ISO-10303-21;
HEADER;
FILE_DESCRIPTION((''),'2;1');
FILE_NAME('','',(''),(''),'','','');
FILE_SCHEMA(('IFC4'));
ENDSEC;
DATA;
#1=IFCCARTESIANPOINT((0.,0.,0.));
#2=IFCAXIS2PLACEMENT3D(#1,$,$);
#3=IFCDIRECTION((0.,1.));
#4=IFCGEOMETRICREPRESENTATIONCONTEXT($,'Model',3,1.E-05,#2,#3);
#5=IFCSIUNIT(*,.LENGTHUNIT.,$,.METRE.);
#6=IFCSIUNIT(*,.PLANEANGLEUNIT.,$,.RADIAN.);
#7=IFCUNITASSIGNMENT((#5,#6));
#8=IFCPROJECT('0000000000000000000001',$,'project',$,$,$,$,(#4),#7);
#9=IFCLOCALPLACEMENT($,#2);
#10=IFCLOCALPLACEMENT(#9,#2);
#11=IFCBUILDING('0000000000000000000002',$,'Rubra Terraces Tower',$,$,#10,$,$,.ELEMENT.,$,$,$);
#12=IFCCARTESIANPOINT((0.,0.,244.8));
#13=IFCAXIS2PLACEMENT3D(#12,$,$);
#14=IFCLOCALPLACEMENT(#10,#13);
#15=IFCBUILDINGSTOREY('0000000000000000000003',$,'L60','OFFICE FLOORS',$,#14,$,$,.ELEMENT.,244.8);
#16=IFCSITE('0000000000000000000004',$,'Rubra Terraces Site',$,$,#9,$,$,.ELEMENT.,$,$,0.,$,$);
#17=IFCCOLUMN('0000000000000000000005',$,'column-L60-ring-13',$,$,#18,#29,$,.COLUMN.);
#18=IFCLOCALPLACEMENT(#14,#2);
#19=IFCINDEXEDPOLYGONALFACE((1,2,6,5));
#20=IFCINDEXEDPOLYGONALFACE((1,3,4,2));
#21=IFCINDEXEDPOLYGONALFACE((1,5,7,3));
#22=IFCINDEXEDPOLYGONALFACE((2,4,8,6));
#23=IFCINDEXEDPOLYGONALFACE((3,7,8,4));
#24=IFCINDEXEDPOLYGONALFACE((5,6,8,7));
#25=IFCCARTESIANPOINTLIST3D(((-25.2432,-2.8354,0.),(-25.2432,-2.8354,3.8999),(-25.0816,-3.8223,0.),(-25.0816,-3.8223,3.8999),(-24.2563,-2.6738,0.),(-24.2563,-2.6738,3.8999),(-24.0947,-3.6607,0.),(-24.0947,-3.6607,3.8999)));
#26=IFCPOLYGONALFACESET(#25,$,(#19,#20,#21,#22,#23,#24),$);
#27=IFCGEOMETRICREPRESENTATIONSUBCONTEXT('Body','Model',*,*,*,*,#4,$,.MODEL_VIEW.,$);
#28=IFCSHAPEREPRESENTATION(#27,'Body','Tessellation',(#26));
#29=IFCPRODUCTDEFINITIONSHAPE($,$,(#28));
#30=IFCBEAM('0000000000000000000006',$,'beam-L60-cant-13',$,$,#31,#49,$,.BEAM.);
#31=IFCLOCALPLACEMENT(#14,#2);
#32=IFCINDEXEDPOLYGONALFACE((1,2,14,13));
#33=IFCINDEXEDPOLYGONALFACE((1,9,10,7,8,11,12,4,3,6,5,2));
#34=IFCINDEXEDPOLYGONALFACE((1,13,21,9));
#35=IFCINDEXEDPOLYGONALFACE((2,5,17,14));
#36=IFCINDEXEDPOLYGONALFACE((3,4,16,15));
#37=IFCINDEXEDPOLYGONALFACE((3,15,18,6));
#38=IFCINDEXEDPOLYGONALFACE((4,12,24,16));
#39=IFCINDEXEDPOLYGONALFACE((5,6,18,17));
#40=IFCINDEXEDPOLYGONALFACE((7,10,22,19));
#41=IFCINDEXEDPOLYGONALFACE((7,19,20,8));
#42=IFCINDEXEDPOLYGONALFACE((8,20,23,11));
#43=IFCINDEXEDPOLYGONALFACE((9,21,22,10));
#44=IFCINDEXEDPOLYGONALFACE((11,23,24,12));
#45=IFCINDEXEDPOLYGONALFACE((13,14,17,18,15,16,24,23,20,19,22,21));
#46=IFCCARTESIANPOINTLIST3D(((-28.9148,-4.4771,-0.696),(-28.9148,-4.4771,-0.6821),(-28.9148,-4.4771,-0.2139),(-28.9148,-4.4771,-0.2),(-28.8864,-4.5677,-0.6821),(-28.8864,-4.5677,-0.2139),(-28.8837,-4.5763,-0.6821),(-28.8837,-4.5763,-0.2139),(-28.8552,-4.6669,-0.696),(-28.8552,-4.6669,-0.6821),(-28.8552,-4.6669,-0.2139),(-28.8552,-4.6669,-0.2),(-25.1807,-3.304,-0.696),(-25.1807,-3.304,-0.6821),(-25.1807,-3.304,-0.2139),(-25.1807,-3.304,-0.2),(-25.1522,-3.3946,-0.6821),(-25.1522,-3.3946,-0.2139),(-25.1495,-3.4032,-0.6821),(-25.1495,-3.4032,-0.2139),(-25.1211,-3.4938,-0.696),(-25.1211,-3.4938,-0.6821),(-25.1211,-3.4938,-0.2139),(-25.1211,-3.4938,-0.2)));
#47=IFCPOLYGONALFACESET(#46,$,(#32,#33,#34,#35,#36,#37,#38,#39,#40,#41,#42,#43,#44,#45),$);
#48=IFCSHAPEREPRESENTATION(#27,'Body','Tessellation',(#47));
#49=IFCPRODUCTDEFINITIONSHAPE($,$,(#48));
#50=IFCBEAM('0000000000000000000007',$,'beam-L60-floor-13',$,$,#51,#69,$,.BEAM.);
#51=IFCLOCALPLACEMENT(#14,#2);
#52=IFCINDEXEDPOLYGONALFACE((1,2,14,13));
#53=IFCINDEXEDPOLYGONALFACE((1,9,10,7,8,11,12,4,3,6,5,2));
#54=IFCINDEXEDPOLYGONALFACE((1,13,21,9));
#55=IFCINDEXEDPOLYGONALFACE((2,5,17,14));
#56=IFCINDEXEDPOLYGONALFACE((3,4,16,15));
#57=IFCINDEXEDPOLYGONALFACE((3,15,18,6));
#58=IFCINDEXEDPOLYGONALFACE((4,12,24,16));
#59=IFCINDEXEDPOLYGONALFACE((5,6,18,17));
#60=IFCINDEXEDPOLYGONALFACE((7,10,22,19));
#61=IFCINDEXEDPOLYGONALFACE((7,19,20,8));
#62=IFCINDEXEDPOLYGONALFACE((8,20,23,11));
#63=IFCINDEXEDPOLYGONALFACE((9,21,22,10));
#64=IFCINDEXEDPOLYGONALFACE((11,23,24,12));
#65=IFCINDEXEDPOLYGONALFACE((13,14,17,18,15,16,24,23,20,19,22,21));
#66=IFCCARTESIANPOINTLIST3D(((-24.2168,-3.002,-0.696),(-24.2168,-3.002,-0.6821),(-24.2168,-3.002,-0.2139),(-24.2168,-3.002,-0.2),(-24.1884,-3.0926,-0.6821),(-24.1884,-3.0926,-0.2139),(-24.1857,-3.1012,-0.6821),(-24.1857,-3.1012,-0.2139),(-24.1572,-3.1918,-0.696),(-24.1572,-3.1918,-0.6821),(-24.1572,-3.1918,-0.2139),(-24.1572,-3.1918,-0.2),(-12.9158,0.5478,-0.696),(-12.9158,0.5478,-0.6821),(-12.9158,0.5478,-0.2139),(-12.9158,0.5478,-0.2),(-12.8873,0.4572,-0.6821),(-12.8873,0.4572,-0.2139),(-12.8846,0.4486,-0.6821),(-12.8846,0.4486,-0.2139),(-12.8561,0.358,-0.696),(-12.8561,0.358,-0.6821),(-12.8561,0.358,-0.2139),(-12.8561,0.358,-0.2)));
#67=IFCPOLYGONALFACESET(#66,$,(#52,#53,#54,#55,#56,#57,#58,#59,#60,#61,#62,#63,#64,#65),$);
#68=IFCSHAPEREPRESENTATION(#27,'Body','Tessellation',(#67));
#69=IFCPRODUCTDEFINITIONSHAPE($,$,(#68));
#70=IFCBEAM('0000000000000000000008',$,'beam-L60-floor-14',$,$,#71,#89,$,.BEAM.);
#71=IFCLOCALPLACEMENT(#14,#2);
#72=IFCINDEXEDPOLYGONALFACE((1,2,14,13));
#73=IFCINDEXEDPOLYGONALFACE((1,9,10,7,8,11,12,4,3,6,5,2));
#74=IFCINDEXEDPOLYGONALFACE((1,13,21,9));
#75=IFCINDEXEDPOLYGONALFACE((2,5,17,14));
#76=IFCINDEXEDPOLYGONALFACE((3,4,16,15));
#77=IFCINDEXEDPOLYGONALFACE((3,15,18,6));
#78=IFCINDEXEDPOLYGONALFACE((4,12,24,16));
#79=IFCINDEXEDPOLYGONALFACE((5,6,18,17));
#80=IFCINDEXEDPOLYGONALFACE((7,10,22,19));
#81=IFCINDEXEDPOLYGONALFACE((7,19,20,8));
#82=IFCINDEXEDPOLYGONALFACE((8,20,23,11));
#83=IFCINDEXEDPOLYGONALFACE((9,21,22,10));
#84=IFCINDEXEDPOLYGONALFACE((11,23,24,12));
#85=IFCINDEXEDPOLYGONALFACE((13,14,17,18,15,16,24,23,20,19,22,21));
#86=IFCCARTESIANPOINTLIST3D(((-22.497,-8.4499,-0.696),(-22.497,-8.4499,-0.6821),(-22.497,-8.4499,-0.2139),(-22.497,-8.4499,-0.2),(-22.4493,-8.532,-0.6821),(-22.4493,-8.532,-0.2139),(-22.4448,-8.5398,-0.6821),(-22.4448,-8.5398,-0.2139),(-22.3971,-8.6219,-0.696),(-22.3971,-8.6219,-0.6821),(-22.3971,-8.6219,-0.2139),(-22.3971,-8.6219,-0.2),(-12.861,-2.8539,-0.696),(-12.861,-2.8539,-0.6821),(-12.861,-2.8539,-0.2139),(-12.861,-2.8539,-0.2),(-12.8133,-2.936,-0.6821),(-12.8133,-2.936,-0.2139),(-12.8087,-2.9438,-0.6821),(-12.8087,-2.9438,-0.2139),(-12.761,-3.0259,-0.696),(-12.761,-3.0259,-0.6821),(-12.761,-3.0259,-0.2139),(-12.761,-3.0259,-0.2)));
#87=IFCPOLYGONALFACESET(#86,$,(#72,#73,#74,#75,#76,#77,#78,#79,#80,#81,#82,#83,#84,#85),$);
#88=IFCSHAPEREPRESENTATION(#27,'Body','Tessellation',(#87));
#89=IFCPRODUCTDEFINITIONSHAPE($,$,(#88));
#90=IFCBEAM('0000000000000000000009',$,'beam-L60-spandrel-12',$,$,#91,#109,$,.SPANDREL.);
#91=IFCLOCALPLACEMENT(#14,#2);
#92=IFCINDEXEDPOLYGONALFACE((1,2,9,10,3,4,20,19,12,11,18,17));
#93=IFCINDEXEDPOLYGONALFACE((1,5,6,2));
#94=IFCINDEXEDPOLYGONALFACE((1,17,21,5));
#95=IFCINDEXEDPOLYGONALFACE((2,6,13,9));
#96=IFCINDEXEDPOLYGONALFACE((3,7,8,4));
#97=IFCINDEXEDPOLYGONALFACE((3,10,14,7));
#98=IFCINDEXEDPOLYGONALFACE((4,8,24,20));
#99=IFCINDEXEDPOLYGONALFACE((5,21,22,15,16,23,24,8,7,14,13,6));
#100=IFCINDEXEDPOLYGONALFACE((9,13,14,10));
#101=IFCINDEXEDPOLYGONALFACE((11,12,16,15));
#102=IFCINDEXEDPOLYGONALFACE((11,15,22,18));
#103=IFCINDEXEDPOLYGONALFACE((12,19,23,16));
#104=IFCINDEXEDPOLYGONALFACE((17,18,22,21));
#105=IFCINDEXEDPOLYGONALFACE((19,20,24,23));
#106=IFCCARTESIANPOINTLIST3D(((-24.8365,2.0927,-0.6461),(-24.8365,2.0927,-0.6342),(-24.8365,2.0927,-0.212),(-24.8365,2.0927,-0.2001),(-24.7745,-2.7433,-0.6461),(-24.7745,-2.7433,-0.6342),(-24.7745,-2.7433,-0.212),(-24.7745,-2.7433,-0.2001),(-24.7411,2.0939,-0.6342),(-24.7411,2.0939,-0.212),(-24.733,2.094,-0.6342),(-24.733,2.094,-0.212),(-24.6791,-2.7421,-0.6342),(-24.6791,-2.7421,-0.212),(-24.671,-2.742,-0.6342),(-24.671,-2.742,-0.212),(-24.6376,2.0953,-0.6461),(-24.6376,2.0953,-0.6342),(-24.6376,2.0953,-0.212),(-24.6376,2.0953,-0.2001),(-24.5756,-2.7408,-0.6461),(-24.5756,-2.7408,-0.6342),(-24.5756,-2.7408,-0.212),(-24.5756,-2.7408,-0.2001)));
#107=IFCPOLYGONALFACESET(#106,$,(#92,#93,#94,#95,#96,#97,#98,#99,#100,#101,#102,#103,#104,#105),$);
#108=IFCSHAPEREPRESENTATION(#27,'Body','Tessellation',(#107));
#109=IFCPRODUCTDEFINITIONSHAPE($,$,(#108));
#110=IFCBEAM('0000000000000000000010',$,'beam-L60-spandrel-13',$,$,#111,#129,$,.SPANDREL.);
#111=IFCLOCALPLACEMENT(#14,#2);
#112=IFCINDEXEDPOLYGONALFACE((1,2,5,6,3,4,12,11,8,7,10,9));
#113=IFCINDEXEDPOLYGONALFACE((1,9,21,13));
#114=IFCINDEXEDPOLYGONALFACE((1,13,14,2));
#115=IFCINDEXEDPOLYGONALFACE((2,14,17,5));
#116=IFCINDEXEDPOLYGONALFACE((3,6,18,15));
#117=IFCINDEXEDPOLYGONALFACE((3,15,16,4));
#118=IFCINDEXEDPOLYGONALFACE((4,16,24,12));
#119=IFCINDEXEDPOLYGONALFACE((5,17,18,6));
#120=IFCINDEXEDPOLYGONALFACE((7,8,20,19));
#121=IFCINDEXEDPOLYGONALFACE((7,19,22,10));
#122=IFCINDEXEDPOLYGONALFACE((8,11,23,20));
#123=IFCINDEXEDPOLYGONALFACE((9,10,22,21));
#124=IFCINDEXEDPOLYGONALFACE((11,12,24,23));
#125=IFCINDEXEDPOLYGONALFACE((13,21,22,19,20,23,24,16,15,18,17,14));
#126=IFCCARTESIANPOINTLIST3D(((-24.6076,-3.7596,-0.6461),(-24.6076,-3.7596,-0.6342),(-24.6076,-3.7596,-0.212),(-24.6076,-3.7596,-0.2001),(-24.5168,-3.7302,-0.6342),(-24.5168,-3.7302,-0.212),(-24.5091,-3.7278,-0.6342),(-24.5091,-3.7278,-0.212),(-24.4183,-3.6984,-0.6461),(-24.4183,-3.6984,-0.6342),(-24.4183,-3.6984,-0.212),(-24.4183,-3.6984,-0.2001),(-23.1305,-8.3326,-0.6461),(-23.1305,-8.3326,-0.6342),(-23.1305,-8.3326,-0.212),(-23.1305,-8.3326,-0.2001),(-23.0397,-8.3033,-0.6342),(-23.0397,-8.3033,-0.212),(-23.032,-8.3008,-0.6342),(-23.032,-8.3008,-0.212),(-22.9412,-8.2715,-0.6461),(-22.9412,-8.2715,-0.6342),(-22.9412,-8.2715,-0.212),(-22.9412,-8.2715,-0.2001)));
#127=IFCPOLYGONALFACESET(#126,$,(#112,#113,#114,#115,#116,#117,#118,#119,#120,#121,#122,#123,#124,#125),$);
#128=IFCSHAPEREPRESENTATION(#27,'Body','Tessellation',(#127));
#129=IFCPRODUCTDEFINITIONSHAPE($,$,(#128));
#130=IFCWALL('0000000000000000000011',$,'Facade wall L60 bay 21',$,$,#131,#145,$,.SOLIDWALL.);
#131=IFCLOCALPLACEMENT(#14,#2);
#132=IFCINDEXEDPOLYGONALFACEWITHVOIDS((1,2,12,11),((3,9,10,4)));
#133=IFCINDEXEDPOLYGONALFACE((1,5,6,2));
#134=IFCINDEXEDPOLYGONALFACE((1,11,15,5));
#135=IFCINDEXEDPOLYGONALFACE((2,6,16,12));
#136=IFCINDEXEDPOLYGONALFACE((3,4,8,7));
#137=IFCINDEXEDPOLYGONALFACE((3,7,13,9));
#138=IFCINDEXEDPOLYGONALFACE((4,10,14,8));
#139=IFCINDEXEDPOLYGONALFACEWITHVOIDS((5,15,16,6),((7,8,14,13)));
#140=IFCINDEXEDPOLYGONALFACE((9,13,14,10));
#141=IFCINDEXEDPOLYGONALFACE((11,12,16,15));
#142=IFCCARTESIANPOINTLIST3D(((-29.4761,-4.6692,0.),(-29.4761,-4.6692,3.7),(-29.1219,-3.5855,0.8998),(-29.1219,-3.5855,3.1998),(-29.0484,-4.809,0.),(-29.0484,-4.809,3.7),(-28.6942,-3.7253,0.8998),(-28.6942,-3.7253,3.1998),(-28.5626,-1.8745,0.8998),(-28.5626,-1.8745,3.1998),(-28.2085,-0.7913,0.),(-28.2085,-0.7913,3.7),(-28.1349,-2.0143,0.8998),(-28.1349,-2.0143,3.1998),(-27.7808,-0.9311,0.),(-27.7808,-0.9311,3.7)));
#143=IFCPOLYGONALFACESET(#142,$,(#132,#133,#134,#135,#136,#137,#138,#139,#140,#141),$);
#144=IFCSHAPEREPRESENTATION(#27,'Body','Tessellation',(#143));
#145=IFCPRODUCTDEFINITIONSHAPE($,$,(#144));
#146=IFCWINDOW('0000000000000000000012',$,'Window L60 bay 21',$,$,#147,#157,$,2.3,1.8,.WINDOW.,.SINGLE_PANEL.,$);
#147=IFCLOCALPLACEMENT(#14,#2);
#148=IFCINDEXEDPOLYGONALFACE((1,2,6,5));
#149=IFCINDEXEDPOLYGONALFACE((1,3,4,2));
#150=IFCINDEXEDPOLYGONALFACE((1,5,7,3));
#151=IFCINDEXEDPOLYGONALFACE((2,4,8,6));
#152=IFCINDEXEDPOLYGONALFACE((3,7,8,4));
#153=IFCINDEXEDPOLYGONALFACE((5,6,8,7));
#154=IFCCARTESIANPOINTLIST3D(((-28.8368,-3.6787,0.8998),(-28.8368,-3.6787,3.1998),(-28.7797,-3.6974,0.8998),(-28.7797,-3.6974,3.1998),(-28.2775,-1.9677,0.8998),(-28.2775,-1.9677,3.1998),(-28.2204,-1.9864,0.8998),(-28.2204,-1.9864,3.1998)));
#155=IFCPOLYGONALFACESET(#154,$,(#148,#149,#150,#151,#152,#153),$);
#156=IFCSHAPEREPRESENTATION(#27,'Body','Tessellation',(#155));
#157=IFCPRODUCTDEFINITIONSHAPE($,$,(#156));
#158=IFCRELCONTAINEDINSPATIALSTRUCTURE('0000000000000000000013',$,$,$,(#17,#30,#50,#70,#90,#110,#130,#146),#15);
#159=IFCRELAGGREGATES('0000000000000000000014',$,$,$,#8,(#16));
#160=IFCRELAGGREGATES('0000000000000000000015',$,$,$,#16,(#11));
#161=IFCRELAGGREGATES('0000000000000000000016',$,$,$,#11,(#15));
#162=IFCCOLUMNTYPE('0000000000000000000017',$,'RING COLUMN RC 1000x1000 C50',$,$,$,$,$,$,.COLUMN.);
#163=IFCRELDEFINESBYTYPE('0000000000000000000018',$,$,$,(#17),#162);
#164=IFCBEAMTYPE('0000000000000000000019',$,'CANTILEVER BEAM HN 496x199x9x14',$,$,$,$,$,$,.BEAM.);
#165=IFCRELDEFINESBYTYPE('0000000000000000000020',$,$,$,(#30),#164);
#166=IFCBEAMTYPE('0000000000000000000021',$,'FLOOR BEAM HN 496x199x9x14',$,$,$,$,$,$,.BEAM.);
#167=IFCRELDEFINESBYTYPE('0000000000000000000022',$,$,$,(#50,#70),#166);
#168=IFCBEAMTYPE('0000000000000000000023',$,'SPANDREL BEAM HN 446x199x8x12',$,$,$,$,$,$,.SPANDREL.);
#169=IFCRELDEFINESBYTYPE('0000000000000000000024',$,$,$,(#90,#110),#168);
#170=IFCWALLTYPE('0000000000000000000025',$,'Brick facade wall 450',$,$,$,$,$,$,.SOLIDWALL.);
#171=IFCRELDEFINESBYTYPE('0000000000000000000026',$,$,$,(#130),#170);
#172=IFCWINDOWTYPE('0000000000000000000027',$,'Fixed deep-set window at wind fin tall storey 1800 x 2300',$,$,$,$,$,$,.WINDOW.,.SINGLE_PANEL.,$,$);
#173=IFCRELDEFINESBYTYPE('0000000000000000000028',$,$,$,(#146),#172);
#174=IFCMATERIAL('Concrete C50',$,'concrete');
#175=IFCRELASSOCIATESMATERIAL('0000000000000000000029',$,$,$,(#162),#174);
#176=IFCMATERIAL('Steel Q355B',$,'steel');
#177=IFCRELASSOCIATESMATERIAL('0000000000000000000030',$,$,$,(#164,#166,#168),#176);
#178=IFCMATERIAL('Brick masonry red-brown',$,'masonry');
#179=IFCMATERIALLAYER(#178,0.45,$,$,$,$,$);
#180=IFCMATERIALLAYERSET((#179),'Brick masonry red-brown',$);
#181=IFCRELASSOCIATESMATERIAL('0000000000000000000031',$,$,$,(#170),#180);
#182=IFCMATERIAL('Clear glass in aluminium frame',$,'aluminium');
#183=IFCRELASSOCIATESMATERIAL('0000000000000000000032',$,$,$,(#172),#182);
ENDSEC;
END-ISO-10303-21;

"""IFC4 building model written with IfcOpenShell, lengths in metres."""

from ifc_helpers import new_model, si_unit, direction, frame, frame_2d, origin, origin_2d, place, context, subcontext, project, spatial, rectangle, i_section, extrude, material, layer, layer_set, material_profile, profile_set, type_object, element, fill, save


model = new_model("IFC4")

# Units and contexts
model_context = context("Model", 3, precision=1e-05, world=origin(), true_north=direction((0.0, 1.0)))
body_context = subcontext(model_context, "Body", "Model", "MODEL_VIEW")
ifc_project = project(units=[si_unit("LENGTHUNIT", "METRE"), si_unit("PLANEANGLEUNIT", "RADIAN")], contexts=[model_context])

# Site, building, storey
site_placement = place(None, origin())
site = spatial("IfcSite", under=ifc_project, at=site_placement, Name="Rubra Terraces Site", CompositionType="ELEMENT", RefElevation=0.0)
building_placement = place(site_placement, origin())
building = spatial("IfcBuilding", under=site, at=building_placement, Name="Rubra Terraces Tower", CompositionType="ELEMENT")
storey_placement = place(building_placement, frame((0.0, 0.0, 244.8)))
storey = spatial("IfcBuildingStorey", under=building, at=storey_placement, Name="L60", Description="OFFICE FLOORS", CompositionType="ELEMENT", Elevation=244.8)

# Column
ifc_material_1 = material(Name="Concrete C50", Category="concrete")
ifc_material_profile_1 = material_profile(ifc_material_1, rectangle(XDim=1.0, YDim=1.0, at=origin_2d()), Name="RC 1000x1000")
ifc_profile_set_1 = profile_set([ifc_material_profile_1], Name="Concrete C50")
column_type = type_object("IfcColumnType", Name="RING COLUMN RC 1000x1000 C50", PredefinedType="COLUMN", material=ifc_profile_set_1)
column_placement = place(storey_placement, frame((-24.6689, -3.248, 0.0), z_axis=(0.0, 0.0, 1.0), x_axis=(0.161559, -0.986863, 0.0)))
element("IfcColumn", 1, at=column_placement, inside=storey, type_object=column_type, Name="column-L60-ring-13", PredefinedType="COLUMN", context=body_context, shape_type="SweptSolid", body=[
    extrude(rectangle(XDim=1.0, YDim=1.0, at=origin_2d()), origin(), (0.0, 0.0, 1.0), 3.8999),
])

# Beams
ifc_material_2 = material(Name="Steel Q355B", Category="steel")
ifc_material_profile_2 = material_profile(ifc_material_2, i_section(OverallWidth=0.199, OverallDepth=0.4961, WebThickness=0.009, FlangeThickness=0.0139, at=origin_2d()), Name="HN 496x199x9x14")
ifc_profile_set_2 = profile_set([ifc_material_profile_2], Name="Steel Q355B")
beam_type_1 = type_object("IfcBeamType", Name="CANTILEVER BEAM HN 496x199x9x14", PredefinedType="BEAM", material=ifc_profile_set_2)
beam_1_placement = place(storey_placement, frame((-25.1509, -3.3989, -0.448), z_axis=(-0.954029, -0.299713, 0.0), x_axis=(0.299713, -0.954029, 0.0)))
element("IfcBeam", 2, at=beam_1_placement, inside=storey, type_object=beam_type_1, Name="beam-L60-cant-13", PredefinedType="BEAM", context=body_context, shape_type="SweptSolid", body=[
    extrude(i_section(OverallWidth=0.199, OverallDepth=0.4961, WebThickness=0.009, FlangeThickness=0.0139, at=origin_2d()), origin(), (0.0, 0.0, 1.0), 3.9141),
])
ifc_material_profile_3 = material_profile(ifc_material_2, i_section(OverallWidth=0.199, OverallDepth=0.4961, WebThickness=0.009, FlangeThickness=0.0139, at=origin_2d()), Name="HN 496x199x9x14")
ifc_profile_set_3 = profile_set([ifc_material_profile_3], Name="Steel Q355B")
beam_type_2 = type_object("IfcBeamType", Name="FLOOR BEAM HN 496x199x9x14", PredefinedType="BEAM", material=ifc_profile_set_3)
beam_2_placement = place(storey_placement, frame((-24.187, -3.0969, -0.448), z_axis=(0.954041, 0.299677, 0.0), x_axis=(-0.299677, 0.954041, 0.0)))
element("IfcBeam", 3, at=beam_2_placement, inside=storey, type_object=beam_type_2, Name="beam-L60-floor-13", PredefinedType="BEAM", context=body_context, shape_type="SweptSolid", body=[
    extrude(i_section(OverallWidth=0.199, OverallDepth=0.4961, WebThickness=0.009, FlangeThickness=0.0139, at=origin_2d()), origin(), (0.0, 0.0, 1.0), 11.8455),
])
beam_3_placement = place(storey_placement, frame((-22.447, -8.5359, -0.448), z_axis=(0.864755, 0.502193, 0.0), x_axis=(-0.502193, 0.864755, 0.0)))
element("IfcBeam", 4, at=beam_3_placement, inside=storey, type_object=beam_type_2, Name="beam-L60-floor-14", PredefinedType="BEAM", context=body_context, shape_type="SweptSolid", body=[
    extrude(i_section(OverallWidth=0.199, OverallDepth=0.4961, WebThickness=0.009, FlangeThickness=0.0139, at=origin_2d()), origin(), (0.0, 0.0, 1.0), 11.1431),
])
ifc_material_profile_4 = material_profile(ifc_material_2, i_section(OverallWidth=0.199, OverallDepth=0.446, WebThickness=0.0081, FlangeThickness=0.012, at=origin_2d()), Name="HN 446x199x8x12")
ifc_profile_set_4 = profile_set([ifc_material_profile_4], Name="Steel Q355B")
beam_type_3 = type_object("IfcBeamType", Name="SPANDREL BEAM HN 446x199x8x12", PredefinedType="SPANDREL", material=ifc_profile_set_4)
beam_4_placement = place(storey_placement, frame((-24.7371, 2.094, -0.4231), z_axis=(0.012822, -0.999918, 0.0), x_axis=(0.999918, 0.012822, 0.0)))
element("IfcBeam", 5, at=beam_4_placement, inside=storey, type_object=beam_type_3, Name="beam-L60-spandrel-12", PredefinedType="SPANDREL", context=body_context, shape_type="SweptSolid", body=[
    extrude(i_section(OverallWidth=0.199, OverallDepth=0.446, WebThickness=0.0081, FlangeThickness=0.012, at=origin_2d()), origin(), (0.0, 0.0, 1.0), 4.8364),
])
beam_5_placement = place(storey_placement, frame((-24.5129, -3.729, -0.4231), z_axis=(0.307359, -0.951594, 0.0), x_axis=(0.951594, 0.307359, 0.0)))
element("IfcBeam", 6, at=beam_5_placement, inside=storey, type_object=beam_type_3, Name="beam-L60-spandrel-13", PredefinedType="SPANDREL", context=body_context, shape_type="SweptSolid", body=[
    extrude(i_section(OverallWidth=0.199, OverallDepth=0.446, WebThickness=0.0081, FlangeThickness=0.012, at=origin_2d()), origin(), (0.0, 0.0, 1.0), 4.8057),
])

# Wall, opening, window
ifc_material_3 = material(Name="Brick masonry red-brown", Category="masonry")
ifc_layer_1 = layer(ifc_material_3, 0.45)
ifc_layer_set_1 = layer_set([ifc_layer_1], Name="Brick masonry red-brown")
wall_type_1 = type_object("IfcWallType", Name="Brick facade wall 450", PredefinedType="SOLIDWALL", material=ifc_layer_set_1)
wall_1_placement = place(storey_placement, frame((-27.9946, -0.8611, 0.0), z_axis=(0.0, 0.0, 1.0), x_axis=(-0.310693, -0.95051, 0.0)))
wall_1 = element("IfcWall", 7, at=wall_1_placement, inside=storey, type_object=wall_type_1, Name="Facade wall L60 bay 21", PredefinedType="SOLIDWALL", context=body_context, shape_type="SweptSolid", body=[
    extrude(rectangle(XDim=4.0798, YDim=0.45, at=frame_2d((2.04, 0.0))), origin(), (0.0, 0.0, 1.0), 3.7),
])
opening_1_placement = place(wall_1_placement, frame((1.1399, 0.0, 0.8999)))
opening_1 = element("IfcOpeningElement", 8, at=opening_1_placement, cuts=wall_1, PredefinedType="OPENING", context=body_context, shape_type="SweptSolid", body=[
    extrude(rectangle(XDim=1.8, YDim=2.3, at=frame_2d((0.8999, 1.1499))), frame((0.0, 0.2349, 0.0), z_axis=(0.0, -1.0, 0.0), x_axis=(1.0, 0.0, 0.0)), (0.0, 0.0, 1.0), 0.47),
])
ifc_material_4 = material(Name="Clear glass in aluminium frame", Category="aluminium")
window_type_1 = type_object("IfcWindowType", Name="Fixed deep-set window at wind fin tall storey 1800 x 2300", PartitioningType="SINGLE_PANEL", PredefinedType="WINDOW", material=ifc_material_4)
window_1_placement = place(opening_1_placement, origin())
window_1 = element("IfcWindow", 9, at=window_1_placement, inside=storey, type_object=window_type_1, Name="Window L60 bay 21", OverallHeight=2.3, OverallWidth=1.8, PartitioningType="SINGLE_PANEL", PredefinedType="WINDOW", context=body_context, shape_type="SweptSolid", body=[
    extrude(rectangle(XDim=1.8, YDim=2.3, at=frame_2d((0.8999, 1.1499))), frame((0.0, 0.135, 0.0), z_axis=(0.0, -1.0, 0.0), x_axis=(1.0, 0.0, 0.0)), (0.0, 0.0, 1.0), 0.0601),
])
fill(opening_1, window_1)

save(model, "model.ifc")
